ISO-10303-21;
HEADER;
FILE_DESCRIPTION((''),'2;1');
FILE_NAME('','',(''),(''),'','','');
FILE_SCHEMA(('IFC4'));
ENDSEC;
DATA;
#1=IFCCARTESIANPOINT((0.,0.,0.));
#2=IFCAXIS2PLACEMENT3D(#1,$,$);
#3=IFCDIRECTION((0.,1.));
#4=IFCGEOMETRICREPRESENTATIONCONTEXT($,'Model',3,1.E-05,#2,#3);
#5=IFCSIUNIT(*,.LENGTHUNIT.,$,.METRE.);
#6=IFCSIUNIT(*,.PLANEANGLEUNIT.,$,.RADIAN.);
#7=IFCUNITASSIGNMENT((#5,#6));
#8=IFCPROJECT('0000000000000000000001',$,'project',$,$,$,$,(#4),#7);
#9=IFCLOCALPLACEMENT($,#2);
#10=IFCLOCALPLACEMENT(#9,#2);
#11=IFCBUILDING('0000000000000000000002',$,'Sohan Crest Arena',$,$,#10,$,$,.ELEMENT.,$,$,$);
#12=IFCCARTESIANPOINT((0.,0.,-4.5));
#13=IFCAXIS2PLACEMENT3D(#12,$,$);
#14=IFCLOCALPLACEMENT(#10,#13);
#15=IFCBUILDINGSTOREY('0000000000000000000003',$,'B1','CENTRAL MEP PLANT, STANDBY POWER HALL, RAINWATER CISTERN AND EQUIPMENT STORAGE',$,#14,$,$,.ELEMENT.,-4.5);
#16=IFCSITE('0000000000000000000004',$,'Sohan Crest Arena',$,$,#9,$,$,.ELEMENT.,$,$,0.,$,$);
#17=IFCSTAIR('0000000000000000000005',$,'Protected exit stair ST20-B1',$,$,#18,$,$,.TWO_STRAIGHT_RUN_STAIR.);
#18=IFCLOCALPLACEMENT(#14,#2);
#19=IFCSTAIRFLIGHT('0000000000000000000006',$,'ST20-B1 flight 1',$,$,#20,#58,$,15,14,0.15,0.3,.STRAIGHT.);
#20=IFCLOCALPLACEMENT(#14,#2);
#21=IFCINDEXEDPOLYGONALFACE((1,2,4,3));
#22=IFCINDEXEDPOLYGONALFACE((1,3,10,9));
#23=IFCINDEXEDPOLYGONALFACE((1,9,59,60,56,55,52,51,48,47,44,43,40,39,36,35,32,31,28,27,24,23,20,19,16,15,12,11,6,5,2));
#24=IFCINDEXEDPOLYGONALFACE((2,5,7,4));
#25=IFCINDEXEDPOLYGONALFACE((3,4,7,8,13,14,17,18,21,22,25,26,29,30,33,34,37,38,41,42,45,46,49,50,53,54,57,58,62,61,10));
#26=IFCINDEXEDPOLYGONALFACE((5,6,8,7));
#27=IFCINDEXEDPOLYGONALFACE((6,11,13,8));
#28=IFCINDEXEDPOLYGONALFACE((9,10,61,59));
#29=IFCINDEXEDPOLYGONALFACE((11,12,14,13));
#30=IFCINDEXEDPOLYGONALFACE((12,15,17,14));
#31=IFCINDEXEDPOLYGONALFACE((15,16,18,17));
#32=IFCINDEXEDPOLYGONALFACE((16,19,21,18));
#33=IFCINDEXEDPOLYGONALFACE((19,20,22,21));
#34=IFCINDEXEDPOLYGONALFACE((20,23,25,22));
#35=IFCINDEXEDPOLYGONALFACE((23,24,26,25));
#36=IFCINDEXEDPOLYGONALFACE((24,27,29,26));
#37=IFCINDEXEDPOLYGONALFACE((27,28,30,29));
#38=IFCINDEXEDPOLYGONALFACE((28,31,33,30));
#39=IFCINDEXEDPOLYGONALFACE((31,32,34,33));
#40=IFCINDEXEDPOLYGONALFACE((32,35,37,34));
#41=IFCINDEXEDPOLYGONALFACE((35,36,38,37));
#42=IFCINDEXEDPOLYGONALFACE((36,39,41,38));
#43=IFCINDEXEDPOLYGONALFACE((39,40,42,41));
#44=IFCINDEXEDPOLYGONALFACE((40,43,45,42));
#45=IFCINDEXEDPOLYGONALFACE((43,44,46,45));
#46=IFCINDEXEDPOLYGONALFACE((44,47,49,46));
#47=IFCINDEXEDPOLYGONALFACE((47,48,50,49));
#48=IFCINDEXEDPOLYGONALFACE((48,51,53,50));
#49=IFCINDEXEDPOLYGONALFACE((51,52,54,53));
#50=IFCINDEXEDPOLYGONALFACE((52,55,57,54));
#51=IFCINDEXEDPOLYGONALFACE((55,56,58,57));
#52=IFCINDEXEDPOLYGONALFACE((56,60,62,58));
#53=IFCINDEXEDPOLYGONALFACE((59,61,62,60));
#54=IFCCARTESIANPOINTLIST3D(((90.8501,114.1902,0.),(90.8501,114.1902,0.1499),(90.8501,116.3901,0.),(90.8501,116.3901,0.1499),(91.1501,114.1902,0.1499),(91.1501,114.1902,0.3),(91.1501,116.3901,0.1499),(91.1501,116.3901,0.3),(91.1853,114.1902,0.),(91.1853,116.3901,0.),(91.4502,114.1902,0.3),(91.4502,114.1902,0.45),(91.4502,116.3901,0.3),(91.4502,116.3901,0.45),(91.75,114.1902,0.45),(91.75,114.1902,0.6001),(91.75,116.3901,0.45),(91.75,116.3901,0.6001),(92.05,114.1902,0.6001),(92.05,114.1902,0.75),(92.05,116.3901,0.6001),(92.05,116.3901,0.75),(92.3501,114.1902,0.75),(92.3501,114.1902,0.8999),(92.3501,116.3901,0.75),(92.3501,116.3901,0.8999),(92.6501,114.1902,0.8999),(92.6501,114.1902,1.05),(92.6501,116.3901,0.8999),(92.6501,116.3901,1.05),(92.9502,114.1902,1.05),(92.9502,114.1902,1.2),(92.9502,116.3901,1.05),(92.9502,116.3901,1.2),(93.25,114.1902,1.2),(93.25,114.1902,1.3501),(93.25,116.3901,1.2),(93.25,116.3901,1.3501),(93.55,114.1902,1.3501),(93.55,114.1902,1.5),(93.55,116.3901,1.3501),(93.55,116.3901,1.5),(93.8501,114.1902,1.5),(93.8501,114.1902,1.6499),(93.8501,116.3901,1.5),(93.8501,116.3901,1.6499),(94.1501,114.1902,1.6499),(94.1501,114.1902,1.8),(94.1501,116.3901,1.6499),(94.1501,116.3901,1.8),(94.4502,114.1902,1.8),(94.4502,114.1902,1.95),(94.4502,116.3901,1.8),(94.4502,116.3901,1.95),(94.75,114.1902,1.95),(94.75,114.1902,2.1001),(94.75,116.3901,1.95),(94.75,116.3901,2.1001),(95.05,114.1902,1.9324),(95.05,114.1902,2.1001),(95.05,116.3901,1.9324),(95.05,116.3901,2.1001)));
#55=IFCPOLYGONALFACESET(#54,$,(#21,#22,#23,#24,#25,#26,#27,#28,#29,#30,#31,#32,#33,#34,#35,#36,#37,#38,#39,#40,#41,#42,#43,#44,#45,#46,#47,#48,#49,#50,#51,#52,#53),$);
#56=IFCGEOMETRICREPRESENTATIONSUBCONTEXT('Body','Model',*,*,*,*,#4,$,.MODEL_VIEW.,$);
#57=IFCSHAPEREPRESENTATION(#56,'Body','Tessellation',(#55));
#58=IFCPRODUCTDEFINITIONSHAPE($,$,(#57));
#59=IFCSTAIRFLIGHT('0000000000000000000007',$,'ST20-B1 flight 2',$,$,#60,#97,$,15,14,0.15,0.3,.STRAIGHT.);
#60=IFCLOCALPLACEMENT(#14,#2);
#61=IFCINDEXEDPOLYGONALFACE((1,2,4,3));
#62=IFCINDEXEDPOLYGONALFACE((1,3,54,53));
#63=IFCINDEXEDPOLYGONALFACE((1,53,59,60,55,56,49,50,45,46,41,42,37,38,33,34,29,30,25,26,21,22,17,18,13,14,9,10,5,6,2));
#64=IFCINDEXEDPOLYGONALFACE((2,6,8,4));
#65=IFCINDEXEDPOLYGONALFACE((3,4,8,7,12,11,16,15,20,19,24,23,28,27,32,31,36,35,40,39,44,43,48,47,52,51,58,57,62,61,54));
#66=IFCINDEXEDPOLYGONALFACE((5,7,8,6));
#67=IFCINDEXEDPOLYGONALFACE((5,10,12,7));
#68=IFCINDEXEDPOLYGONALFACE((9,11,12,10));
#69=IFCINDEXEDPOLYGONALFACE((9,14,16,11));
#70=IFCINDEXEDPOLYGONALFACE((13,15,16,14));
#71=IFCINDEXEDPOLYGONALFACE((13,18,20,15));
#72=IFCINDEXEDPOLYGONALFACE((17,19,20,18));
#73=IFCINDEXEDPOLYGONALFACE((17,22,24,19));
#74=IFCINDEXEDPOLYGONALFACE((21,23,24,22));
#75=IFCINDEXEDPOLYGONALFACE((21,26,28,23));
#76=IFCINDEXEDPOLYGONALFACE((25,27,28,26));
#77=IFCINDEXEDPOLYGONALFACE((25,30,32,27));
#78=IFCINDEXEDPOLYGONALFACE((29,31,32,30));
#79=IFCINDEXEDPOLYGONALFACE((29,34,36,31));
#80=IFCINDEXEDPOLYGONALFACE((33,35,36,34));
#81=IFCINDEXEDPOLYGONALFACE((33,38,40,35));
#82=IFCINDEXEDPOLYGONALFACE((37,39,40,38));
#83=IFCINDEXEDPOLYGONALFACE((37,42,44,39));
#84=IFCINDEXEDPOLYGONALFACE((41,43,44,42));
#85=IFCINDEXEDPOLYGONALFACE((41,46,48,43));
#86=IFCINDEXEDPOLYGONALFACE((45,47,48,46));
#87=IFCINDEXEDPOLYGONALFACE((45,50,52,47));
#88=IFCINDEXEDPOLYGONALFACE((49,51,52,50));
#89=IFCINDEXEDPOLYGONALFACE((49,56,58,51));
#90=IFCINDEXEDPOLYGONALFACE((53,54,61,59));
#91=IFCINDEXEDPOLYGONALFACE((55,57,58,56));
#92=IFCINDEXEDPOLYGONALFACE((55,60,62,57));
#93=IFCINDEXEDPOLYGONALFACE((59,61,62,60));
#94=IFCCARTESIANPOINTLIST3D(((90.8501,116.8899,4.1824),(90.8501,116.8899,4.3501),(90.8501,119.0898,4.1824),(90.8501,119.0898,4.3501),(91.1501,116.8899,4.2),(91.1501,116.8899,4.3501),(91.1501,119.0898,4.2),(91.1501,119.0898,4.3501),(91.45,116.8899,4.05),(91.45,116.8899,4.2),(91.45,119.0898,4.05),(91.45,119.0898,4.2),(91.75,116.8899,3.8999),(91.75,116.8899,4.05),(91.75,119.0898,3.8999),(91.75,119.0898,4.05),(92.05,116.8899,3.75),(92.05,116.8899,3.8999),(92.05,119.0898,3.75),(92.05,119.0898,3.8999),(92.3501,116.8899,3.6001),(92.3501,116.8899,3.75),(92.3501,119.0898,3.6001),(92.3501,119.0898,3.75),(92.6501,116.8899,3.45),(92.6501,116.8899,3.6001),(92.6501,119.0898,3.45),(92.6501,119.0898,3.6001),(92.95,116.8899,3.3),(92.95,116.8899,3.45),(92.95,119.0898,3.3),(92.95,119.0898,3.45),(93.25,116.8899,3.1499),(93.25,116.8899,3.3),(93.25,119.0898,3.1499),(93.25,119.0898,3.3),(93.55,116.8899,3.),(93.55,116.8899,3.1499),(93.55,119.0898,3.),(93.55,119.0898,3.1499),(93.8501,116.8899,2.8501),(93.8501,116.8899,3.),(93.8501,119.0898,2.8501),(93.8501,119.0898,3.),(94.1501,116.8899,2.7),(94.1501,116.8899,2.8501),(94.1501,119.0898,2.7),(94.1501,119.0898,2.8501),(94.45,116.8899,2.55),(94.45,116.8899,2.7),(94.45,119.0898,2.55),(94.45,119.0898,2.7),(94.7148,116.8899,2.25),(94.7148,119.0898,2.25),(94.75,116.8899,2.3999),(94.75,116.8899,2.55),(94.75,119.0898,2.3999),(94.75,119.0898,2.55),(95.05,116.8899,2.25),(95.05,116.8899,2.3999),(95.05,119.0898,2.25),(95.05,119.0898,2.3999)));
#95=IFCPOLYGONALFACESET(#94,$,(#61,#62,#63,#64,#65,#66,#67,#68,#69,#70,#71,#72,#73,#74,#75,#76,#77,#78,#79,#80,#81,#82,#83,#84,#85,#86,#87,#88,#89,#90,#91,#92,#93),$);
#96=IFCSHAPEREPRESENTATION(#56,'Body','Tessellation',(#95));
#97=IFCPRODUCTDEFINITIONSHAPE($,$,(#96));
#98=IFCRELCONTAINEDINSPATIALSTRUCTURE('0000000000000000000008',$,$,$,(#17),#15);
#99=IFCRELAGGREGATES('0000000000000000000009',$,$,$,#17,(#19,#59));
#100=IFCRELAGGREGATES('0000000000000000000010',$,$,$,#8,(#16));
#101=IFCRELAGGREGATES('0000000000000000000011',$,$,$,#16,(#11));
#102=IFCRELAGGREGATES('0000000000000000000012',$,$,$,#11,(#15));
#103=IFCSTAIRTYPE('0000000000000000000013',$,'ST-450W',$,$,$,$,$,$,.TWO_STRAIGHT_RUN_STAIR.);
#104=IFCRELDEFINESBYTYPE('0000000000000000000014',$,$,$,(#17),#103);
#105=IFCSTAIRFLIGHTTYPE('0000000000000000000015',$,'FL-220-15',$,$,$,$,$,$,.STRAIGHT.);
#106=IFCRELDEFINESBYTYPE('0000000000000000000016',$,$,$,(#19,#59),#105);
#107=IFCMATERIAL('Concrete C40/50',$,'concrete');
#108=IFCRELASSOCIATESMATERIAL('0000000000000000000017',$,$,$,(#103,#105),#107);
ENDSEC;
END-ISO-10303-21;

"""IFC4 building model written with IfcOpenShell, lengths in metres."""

from ifc_helpers import new_model, si_unit, direction, frame, origin, place, context, subcontext, project, spatial, polyline, outline, extrude, material, type_object, element, aggregate, save


model = new_model("IFC4")

# Units and contexts
model_context = context("Model", 3, precision=1e-05, world=origin(), true_north=direction((0.0, 1.0)))
body_context = subcontext(model_context, "Body", "Model", "MODEL_VIEW")
ifc_project = project(units=[si_unit("LENGTHUNIT", "METRE"), si_unit("PLANEANGLEUNIT", "RADIAN")], contexts=[model_context])

# Site, building, storey
site_placement = place(None, origin())
site = spatial("IfcSite", under=ifc_project, at=site_placement, Name="Sohan Crest Arena", CompositionType="ELEMENT", RefElevation=0.0)
building_placement = place(site_placement, origin())
building = spatial("IfcBuilding", under=site, at=building_placement, Name="Sohan Crest Arena", CompositionType="ELEMENT")
storey_placement = place(building_placement, frame((0.0, 0.0, -4.5)))
storey = spatial("IfcBuildingStorey", under=building, at=storey_placement, Name="B1", Description="CENTRAL MEP PLANT, STANDBY POWER HALL, RAINWATER CISTERN AND EQUIPMENT STORAGE", CompositionType="ELEMENT", Elevation=-4.5)

# Shared definitions
ifc_material_1 = material(Name="Concrete C40/50", Category="concrete")

# Stair, stair flights
stair_type = type_object("IfcStairType", Name="ST-450W", PredefinedType="TWO_STRAIGHT_RUN_STAIR", material=ifc_material_1)
stair_placement = place(storey_placement, origin())
stair = element("IfcStair", 1, at=stair_placement, inside=storey, type_object=stair_type, Name="Protected exit stair ST20-B1", PredefinedType="TWO_STRAIGHT_RUN_STAIR")
stair_flight_type = type_object("IfcStairFlightType", Name="FL-220-15", PredefinedType="STRAIGHT", material=ifc_material_1)
stair_flight_1_placement = place(storey_placement, frame((90.8501, 115.29, 0.0), z_axis=(0.0, 0.0, 1.0), x_axis=(1.0, 0.0, 0.0)))
stair_flight_1 = element("IfcStairFlight", 2, at=stair_flight_1_placement, type_object=stair_flight_type, Name="ST20-B1 flight 1", NumberOfRisers=15, NumberOfTreads=14, PredefinedType="STRAIGHT", RiserHeight=0.15, TreadLength=0.3, context=body_context, shape_type="SweptSolid", body=[
    extrude(outline(polyline([(0.0, 0.0), (0.0, 0.1499), (0.3, 0.1499), (0.3, 0.3), (0.6001, 0.3), (0.6001, 0.45), (0.8999, 0.45), (0.8999, 0.6001), (1.2, 0.6001), (1.2, 0.75), (1.5, 0.75), (1.5, 0.8999), (1.8, 0.8999), (1.8, 1.05), (2.1001, 1.05), (2.1001, 1.2), (2.3999, 1.2), (2.3999, 1.3501), (2.7, 1.3501), (2.7, 1.5), (3.0, 1.5), (3.0, 1.6499), (3.3, 1.6499), (3.3, 1.8), (3.6001, 1.8), (3.6001, 1.95), (3.8999, 1.95), (3.8999, 2.1001), (4.2, 2.1001), (4.2, 2.25), (4.2, 1.9324), (0.3352, 0.0), (0.0, 0.0)])), frame((0.0, 1.1001, 0.0), z_axis=(0.0, -1.0, 0.0), x_axis=(1.0, 0.0, 0.0)), (0.0, 0.0, 1.0), 2.2),
])
stair_flight_2_placement = place(storey_placement, frame((95.05, 117.99, 2.25), z_axis=(0.0, 0.0, 1.0), x_axis=(-1.0, 0.0, 0.0)))
stair_flight_2 = element("IfcStairFlight", 3, at=stair_flight_2_placement, type_object=stair_flight_type, Name="ST20-B1 flight 2", NumberOfRisers=15, NumberOfTreads=14, PredefinedType="STRAIGHT", RiserHeight=0.15, TreadLength=0.3, context=body_context, shape_type="SweptSolid", body=[
    extrude(outline(polyline([(0.0, 0.0), (0.0, 0.1499), (0.3, 0.1499), (0.3, 0.3), (0.6001, 0.3), (0.6001, 0.45), (0.8999, 0.45), (0.8999, 0.6001), (1.2, 0.6001), (1.2, 0.75), (1.5, 0.75), (1.5, 0.8999), (1.8, 0.8999), (1.8, 1.05), (2.1001, 1.05), (2.1001, 1.2), (2.3999, 1.2), (2.3999, 1.3501), (2.7, 1.3501), (2.7, 1.5), (3.0, 1.5), (3.0, 1.6499), (3.3, 1.6499), (3.3, 1.8), (3.6001, 1.8), (3.6001, 1.95), (3.8999, 1.95), (3.8999, 2.1001), (4.2, 2.1001), (4.2, 2.25), (4.2, 1.9324), (0.3352, 0.0), (0.0, 0.0)])), frame((0.0, 1.1001, 0.0), z_axis=(0.0, -1.0, 0.0), x_axis=(1.0, 0.0, 0.0)), (0.0, 0.0, 1.0), 2.2),
])
aggregate(stair, [stair_flight_1, stair_flight_2])

save(model, "model.ifc")
